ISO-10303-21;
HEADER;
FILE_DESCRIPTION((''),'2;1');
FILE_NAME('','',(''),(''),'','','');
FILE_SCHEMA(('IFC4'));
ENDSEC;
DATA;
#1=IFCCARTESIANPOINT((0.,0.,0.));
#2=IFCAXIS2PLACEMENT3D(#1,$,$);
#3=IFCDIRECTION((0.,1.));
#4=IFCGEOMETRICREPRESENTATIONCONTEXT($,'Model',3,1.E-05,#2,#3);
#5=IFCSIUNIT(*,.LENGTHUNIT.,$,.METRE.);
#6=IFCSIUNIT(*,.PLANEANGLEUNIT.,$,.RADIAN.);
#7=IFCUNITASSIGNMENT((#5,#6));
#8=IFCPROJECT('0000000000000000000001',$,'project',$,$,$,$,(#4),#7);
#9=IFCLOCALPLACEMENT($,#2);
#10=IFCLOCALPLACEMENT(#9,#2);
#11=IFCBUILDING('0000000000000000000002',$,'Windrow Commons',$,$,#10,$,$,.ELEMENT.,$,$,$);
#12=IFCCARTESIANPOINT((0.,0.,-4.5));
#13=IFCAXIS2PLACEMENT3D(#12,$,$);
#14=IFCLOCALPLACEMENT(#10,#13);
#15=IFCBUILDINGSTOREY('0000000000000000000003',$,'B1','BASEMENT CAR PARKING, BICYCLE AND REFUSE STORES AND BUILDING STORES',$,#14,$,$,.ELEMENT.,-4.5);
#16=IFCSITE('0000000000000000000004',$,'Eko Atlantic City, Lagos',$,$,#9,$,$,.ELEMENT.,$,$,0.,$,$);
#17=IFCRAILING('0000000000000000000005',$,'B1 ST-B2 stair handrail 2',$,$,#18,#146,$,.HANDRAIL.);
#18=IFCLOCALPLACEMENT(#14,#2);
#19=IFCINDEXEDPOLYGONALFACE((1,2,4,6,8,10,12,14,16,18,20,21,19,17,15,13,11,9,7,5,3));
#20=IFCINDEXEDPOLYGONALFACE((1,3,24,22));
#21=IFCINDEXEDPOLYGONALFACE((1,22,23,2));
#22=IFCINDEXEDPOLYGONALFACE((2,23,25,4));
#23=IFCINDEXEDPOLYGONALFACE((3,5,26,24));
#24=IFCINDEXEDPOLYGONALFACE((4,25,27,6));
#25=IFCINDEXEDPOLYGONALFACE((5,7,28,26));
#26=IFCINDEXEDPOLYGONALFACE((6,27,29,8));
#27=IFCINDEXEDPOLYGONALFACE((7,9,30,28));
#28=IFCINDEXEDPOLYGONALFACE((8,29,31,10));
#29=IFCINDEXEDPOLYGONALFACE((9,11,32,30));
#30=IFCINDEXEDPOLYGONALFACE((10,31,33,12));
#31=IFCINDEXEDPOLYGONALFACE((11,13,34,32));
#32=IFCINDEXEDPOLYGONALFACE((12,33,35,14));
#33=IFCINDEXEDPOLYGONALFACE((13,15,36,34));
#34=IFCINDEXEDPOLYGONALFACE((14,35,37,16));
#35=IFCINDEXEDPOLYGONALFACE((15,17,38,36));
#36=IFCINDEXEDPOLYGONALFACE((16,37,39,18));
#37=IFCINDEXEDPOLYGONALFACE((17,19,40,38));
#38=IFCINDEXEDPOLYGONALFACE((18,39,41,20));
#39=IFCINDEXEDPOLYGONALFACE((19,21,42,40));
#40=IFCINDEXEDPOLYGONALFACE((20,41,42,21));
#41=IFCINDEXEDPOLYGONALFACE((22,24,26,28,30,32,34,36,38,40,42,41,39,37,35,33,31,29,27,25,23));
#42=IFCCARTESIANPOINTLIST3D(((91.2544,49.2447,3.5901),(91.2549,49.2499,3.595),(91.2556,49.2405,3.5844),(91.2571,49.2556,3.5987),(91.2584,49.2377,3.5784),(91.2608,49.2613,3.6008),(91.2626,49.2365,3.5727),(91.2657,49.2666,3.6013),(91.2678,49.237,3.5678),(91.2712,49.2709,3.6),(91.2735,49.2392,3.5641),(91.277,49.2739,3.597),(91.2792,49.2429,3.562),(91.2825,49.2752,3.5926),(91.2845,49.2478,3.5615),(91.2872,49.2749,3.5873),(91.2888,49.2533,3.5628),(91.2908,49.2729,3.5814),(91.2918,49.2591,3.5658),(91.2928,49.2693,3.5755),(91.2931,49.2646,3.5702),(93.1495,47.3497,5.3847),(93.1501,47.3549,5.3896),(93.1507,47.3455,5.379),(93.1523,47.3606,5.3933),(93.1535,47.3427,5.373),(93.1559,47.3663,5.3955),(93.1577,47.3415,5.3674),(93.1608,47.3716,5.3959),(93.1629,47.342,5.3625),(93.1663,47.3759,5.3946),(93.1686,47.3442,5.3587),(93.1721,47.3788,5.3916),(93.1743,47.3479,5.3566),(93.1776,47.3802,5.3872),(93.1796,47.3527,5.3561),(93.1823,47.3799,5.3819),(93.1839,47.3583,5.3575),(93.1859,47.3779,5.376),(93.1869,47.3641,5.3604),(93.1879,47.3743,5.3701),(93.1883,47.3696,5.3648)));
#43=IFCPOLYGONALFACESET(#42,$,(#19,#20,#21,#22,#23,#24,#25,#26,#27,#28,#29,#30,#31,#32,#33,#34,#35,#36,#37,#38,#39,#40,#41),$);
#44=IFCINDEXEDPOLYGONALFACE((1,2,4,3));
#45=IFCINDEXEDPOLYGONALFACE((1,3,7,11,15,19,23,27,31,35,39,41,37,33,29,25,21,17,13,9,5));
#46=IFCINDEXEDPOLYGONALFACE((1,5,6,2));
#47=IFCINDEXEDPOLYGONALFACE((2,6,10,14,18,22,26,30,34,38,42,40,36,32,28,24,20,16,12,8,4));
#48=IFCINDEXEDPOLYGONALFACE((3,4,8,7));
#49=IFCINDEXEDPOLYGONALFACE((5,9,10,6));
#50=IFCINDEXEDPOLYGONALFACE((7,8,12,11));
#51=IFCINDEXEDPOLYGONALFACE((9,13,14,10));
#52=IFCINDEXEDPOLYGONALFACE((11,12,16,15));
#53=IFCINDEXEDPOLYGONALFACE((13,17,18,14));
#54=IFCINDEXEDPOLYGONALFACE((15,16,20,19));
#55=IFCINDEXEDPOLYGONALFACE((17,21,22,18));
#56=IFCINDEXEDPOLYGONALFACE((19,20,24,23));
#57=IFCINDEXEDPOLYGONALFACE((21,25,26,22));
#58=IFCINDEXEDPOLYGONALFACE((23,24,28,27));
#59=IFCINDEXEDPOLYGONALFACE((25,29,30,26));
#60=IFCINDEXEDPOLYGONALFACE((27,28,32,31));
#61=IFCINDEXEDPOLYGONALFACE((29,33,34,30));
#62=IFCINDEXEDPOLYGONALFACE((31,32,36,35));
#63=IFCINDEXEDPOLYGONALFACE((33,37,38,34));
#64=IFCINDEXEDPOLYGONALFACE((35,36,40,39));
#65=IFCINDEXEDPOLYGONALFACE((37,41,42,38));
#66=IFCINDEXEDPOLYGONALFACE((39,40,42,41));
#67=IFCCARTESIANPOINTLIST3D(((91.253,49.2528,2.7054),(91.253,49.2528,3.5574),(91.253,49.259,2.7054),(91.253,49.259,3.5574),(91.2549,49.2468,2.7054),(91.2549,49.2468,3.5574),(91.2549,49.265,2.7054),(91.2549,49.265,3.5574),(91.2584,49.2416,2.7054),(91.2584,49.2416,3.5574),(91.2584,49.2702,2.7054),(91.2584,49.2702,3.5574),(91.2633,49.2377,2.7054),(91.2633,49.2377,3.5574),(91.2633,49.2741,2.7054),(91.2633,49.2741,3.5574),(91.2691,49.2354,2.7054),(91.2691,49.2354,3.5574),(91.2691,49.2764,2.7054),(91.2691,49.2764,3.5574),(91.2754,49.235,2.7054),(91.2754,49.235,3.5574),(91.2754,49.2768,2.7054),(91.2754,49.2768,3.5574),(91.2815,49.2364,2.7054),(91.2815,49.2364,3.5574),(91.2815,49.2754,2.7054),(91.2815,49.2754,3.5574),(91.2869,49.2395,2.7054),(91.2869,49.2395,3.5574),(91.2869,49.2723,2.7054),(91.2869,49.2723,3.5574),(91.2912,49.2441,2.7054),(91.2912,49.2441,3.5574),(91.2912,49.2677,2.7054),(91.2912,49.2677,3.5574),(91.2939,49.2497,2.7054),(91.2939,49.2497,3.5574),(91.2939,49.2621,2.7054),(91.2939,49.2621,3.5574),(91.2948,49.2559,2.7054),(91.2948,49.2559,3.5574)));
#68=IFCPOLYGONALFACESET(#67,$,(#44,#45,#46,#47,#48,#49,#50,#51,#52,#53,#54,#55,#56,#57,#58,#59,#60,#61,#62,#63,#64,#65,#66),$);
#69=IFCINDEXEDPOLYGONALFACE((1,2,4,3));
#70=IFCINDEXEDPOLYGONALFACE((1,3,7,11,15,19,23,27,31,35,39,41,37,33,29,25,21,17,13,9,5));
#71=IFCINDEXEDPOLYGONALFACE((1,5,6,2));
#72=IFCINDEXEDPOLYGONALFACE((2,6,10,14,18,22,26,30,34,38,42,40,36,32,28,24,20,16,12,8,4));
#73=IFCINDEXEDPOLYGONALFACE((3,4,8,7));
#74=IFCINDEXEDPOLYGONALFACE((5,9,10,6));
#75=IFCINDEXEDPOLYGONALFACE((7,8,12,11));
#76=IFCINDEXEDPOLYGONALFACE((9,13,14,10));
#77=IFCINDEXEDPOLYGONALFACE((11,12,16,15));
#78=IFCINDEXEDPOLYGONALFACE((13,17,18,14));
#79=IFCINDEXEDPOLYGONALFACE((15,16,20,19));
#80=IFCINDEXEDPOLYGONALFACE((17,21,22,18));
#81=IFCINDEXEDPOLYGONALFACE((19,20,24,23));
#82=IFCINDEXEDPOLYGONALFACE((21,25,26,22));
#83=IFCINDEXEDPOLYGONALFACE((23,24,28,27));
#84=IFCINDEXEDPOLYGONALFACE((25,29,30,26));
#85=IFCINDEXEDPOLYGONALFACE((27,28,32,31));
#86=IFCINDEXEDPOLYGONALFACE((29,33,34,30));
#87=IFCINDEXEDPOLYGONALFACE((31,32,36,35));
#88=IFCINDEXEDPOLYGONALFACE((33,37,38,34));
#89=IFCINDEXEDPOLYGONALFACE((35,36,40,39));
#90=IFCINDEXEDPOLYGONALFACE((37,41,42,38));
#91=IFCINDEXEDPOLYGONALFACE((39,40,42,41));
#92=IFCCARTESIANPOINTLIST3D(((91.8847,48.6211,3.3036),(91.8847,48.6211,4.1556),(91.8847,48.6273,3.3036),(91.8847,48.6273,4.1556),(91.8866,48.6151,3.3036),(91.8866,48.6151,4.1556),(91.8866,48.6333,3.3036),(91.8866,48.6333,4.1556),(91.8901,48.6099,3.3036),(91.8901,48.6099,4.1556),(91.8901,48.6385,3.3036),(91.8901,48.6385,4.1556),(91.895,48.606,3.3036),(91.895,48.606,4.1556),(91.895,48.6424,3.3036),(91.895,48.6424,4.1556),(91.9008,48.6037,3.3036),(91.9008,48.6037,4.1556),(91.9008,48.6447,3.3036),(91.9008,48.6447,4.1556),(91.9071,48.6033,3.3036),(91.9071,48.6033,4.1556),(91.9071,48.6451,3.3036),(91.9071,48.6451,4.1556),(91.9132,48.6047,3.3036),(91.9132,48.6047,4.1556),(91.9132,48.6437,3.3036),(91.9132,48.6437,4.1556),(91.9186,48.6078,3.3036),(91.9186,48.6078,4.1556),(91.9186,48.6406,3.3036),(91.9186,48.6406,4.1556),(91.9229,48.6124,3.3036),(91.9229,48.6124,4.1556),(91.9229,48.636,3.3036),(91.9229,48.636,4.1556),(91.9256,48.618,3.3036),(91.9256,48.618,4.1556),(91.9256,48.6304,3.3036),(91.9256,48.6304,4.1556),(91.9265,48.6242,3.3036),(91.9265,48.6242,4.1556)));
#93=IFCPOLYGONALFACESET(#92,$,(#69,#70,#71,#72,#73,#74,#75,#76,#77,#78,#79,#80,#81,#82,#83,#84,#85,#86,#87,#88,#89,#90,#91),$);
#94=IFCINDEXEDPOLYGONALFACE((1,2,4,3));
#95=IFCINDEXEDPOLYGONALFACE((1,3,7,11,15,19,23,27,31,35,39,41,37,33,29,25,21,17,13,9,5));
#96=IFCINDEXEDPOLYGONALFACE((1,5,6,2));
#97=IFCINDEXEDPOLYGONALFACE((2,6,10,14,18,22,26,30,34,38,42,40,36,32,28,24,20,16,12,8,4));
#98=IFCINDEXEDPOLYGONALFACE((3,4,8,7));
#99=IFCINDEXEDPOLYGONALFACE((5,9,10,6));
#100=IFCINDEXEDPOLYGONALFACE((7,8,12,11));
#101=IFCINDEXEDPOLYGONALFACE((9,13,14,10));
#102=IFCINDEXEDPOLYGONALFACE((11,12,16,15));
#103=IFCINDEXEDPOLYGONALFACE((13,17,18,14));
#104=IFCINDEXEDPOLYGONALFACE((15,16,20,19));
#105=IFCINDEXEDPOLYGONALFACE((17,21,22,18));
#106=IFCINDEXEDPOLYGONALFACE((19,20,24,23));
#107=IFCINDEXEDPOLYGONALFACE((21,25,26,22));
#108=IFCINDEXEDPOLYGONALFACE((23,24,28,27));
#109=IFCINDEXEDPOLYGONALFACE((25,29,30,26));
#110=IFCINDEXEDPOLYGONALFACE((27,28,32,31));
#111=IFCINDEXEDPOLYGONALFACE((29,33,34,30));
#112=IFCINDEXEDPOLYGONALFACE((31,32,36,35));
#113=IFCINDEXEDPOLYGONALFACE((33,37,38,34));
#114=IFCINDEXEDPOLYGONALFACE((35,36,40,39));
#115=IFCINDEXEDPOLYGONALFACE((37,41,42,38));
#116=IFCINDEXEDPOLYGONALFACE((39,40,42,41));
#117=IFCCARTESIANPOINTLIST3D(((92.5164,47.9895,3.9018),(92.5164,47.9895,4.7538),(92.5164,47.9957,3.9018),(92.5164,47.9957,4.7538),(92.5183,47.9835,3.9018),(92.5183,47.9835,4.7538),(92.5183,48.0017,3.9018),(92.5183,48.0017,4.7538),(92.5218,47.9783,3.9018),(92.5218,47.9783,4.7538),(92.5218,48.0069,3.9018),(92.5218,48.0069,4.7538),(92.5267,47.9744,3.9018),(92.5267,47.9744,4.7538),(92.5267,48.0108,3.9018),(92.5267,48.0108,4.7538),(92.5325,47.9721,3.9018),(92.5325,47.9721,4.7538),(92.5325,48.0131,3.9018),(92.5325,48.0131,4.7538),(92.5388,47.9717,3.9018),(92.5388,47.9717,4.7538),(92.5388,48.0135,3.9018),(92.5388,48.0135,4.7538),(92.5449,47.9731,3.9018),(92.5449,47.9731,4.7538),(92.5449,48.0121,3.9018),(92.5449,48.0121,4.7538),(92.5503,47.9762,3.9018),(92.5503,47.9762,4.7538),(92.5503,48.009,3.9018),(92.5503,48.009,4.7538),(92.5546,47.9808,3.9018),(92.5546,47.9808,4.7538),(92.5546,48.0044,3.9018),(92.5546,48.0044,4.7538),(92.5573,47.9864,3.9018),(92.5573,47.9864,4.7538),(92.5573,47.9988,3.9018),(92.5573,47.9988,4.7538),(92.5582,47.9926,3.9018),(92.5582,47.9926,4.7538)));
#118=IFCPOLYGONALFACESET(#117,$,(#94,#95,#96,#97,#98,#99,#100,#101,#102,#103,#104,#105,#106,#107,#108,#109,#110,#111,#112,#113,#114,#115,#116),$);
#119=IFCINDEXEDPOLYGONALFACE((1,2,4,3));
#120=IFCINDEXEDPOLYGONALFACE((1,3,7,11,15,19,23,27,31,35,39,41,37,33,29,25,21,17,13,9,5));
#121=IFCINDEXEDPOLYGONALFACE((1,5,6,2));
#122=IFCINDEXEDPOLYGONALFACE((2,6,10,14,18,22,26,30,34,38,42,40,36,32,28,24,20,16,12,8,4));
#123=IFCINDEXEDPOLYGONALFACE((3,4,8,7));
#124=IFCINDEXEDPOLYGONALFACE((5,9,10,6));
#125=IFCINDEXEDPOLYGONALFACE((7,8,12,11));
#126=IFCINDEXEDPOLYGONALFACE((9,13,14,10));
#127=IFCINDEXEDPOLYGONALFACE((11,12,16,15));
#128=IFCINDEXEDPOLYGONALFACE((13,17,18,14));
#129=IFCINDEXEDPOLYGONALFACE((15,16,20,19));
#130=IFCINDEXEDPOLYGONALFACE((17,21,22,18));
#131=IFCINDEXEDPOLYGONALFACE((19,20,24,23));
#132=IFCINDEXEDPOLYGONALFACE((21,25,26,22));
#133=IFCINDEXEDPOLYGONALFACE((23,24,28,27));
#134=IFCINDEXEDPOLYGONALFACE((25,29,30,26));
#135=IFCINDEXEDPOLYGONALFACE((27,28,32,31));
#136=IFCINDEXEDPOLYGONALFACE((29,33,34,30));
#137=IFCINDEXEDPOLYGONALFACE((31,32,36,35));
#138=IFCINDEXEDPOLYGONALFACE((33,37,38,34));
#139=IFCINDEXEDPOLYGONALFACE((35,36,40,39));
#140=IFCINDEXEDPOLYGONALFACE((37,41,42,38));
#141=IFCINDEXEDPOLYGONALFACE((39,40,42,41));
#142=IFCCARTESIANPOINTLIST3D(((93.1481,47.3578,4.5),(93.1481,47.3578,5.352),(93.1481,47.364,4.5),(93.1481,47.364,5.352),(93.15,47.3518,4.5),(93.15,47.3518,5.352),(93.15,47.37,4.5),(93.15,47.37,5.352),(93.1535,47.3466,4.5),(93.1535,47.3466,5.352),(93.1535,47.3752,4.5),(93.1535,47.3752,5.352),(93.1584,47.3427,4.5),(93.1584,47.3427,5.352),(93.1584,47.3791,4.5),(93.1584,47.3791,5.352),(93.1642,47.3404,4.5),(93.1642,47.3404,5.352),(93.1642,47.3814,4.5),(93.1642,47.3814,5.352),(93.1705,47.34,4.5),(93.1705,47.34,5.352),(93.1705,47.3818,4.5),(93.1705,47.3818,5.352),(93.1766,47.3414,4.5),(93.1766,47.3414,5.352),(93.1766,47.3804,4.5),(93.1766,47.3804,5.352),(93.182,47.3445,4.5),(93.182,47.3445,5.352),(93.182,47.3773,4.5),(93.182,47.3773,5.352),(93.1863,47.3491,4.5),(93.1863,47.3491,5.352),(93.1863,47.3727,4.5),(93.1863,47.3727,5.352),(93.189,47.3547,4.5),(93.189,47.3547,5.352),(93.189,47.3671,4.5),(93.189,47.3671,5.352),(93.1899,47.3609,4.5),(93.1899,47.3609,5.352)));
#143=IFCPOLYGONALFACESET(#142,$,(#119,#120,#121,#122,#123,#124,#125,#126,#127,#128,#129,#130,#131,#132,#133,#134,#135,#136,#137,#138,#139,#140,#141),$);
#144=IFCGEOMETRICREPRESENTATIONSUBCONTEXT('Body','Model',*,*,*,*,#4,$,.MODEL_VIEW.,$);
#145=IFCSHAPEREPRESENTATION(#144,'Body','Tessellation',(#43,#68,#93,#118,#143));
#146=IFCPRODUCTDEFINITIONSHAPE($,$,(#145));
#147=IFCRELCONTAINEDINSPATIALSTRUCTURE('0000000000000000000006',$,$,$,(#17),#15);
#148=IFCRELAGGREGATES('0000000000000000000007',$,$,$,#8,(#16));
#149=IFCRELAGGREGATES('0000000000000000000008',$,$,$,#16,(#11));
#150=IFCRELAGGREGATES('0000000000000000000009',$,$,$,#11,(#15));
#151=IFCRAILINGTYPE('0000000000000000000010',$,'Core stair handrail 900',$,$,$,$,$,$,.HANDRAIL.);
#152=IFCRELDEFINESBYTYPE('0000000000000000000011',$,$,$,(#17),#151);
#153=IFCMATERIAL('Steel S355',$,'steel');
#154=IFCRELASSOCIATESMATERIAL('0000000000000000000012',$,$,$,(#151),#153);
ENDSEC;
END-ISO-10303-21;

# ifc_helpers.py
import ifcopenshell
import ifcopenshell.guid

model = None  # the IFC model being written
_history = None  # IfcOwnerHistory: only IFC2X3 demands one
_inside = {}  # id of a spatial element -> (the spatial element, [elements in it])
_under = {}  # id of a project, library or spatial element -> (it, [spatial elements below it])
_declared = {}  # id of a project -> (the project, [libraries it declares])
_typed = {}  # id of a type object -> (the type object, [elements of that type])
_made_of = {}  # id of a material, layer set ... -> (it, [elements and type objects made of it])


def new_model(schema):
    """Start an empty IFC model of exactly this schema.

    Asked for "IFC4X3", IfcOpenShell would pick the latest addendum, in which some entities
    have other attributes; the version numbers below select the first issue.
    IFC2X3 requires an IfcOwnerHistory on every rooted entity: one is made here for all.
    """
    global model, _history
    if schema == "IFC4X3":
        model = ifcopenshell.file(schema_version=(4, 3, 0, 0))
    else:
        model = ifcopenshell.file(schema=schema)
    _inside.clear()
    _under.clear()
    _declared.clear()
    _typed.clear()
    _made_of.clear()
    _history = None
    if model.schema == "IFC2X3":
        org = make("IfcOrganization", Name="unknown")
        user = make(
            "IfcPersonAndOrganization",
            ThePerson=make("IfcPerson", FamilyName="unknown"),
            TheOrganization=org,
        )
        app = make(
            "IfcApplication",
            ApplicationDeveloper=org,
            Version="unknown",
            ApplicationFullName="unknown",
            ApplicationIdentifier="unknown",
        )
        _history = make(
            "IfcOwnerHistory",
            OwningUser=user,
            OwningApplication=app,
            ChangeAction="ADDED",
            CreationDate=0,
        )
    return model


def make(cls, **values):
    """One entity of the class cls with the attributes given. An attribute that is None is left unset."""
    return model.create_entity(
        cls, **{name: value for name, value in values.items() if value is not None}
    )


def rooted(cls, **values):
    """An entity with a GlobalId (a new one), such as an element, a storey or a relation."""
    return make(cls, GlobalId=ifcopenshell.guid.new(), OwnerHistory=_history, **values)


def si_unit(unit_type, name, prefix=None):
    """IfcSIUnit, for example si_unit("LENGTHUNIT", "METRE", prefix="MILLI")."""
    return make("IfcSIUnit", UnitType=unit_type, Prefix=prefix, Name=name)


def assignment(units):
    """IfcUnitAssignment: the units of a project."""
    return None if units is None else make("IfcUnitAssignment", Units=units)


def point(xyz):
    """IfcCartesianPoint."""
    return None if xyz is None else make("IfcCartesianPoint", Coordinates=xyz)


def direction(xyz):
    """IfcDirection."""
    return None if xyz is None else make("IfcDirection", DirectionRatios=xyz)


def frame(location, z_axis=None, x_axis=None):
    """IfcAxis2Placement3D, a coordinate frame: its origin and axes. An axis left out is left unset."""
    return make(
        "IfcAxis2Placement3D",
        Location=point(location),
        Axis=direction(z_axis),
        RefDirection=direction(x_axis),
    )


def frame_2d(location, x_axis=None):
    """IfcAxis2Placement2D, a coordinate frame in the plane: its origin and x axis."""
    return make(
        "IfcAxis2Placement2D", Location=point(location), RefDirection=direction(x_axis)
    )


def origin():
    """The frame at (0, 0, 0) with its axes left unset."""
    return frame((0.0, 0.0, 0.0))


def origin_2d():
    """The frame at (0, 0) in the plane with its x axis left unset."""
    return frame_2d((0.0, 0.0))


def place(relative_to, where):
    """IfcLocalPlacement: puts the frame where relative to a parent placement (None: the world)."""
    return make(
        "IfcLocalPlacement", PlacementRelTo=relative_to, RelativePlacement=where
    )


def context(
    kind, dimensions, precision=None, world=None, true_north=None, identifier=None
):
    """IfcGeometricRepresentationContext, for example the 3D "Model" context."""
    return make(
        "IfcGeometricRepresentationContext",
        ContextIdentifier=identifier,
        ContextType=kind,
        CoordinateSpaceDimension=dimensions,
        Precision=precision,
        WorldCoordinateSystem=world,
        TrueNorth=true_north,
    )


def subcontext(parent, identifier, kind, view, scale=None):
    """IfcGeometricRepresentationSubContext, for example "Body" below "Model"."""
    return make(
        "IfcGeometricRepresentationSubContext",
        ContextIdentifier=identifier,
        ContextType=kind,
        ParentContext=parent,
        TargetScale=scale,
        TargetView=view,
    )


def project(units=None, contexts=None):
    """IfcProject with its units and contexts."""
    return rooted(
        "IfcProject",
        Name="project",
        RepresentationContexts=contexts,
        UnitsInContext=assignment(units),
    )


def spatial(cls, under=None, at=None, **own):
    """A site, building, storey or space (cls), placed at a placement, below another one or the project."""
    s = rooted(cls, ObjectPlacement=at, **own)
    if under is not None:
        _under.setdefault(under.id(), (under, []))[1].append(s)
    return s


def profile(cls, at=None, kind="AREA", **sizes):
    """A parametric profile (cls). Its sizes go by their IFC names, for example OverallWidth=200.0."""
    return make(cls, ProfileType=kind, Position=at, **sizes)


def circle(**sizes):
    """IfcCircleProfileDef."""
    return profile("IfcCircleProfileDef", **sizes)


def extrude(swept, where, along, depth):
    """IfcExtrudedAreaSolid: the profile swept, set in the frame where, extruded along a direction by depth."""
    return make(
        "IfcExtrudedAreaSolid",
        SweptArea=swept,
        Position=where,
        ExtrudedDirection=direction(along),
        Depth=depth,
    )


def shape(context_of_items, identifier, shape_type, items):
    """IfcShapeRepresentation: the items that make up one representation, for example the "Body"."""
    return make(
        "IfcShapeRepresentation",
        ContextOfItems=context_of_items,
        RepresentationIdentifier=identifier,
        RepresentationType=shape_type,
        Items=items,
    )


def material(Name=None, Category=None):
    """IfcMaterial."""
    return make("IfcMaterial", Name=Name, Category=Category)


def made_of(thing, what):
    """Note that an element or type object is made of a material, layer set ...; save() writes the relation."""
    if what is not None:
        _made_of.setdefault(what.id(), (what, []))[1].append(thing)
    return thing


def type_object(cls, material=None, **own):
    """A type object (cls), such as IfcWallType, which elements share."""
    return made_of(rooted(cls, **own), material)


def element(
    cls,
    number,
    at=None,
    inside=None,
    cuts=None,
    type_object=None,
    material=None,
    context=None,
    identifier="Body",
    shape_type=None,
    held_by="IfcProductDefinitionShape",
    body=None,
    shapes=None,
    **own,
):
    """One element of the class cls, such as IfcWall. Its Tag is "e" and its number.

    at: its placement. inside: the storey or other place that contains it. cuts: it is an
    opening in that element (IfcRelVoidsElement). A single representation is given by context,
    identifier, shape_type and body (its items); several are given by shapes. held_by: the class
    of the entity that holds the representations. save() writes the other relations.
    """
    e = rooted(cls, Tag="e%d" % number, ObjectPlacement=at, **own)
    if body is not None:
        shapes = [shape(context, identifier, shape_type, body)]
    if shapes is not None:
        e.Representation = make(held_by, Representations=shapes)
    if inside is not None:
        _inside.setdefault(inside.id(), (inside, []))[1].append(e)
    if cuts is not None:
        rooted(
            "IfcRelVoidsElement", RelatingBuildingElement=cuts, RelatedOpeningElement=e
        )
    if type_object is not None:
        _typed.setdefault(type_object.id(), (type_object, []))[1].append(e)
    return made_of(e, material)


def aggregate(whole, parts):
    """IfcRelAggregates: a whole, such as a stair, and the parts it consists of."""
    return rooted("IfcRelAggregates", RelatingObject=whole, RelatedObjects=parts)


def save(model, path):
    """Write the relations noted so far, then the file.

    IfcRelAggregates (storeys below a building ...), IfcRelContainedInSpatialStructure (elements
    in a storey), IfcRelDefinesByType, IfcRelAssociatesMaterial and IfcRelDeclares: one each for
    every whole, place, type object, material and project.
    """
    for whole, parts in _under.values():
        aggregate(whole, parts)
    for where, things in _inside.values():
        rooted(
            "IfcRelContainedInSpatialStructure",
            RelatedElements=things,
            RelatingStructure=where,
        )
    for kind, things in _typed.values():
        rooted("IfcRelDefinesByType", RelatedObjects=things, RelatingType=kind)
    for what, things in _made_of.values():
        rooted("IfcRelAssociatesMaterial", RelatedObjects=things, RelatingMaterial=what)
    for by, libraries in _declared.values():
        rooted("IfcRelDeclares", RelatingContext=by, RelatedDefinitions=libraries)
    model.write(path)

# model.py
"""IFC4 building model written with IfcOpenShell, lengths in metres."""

from ifc_helpers import new_model, si_unit, direction, frame, origin, origin_2d, place, context, subcontext, project, spatial, circle, extrude, material, type_object, element, save


model = new_model("IFC4")

# Units and contexts
model_context = context("Model", 3, precision=1e-05, world=origin(), true_north=direction((0.0, 1.0)))
body_context = subcontext(model_context, "Body", "Model", "MODEL_VIEW")
ifc_project = project(units=[si_unit("LENGTHUNIT", "METRE"), si_unit("PLANEANGLEUNIT", "RADIAN")], contexts=[model_context])

# Site, building, storey
site_placement = place(None, origin())
site = spatial("IfcSite", under=ifc_project, at=site_placement, Name="Eko Atlantic City, Lagos", CompositionType="ELEMENT", RefElevation=0.0)
building_placement = place(site_placement, origin())
building = spatial("IfcBuilding", under=site, at=building_placement, Name="Windrow Commons", CompositionType="ELEMENT")
storey_placement = place(building_placement, frame((0.0, 0.0, -4.5)))
storey = spatial("IfcBuildingStorey", under=building, at=storey_placement, Name="B1", Description="BASEMENT CAR PARKING, BICYCLE AND REFUSE STORES AND BUILDING STORES", CompositionType="ELEMENT", Elevation=-4.5)

# Railing
ifc_material_1 = material(Name="Steel S355", Category="steel")
railing_type_1 = type_object("IfcRailingType", Name="Core stair handrail 900", PredefinedType="HANDRAIL", material=ifc_material_1)
railing_1_placement = place(storey_placement, frame((91.2738, 49.2559, 2.7054)))
element("IfcRailing", 1, at=railing_1_placement, inside=storey, type_object=railing_type_1, Name="B1 ST-B2 stair handrail 2", PredefinedType="HANDRAIL", context=body_context, shape_type="SweptSolid", body=[
    extrude(circle(Radius=0.024, at=origin_2d()), frame((0.0, 0.0, 0.876), z_axis=(0.58756, -0.587529, 0.556401), x_axis=(0.707088, 0.707125, 0.0)), (0.0, 0.0, 1.0), 3.2254),
    extrude(circle(Radius=0.021, at=origin_2d()), origin(), (0.0, 0.0, 1.0), 0.852),
    extrude(circle(Radius=0.021, at=origin_2d()), frame((0.6317, -0.6317, 0.5982)), (0.0, 0.0, 1.0), 0.852),
    extrude(circle(Radius=0.021, at=origin_2d()), frame((1.2634, -1.2633, 1.1964)), (0.0, 0.0, 1.0), 0.852),
    extrude(circle(Radius=0.021, at=origin_2d()), frame((1.8951, -1.895, 1.7946)), (0.0, 0.0, 1.0), 0.852),
])

save(model, "model.ifc")
